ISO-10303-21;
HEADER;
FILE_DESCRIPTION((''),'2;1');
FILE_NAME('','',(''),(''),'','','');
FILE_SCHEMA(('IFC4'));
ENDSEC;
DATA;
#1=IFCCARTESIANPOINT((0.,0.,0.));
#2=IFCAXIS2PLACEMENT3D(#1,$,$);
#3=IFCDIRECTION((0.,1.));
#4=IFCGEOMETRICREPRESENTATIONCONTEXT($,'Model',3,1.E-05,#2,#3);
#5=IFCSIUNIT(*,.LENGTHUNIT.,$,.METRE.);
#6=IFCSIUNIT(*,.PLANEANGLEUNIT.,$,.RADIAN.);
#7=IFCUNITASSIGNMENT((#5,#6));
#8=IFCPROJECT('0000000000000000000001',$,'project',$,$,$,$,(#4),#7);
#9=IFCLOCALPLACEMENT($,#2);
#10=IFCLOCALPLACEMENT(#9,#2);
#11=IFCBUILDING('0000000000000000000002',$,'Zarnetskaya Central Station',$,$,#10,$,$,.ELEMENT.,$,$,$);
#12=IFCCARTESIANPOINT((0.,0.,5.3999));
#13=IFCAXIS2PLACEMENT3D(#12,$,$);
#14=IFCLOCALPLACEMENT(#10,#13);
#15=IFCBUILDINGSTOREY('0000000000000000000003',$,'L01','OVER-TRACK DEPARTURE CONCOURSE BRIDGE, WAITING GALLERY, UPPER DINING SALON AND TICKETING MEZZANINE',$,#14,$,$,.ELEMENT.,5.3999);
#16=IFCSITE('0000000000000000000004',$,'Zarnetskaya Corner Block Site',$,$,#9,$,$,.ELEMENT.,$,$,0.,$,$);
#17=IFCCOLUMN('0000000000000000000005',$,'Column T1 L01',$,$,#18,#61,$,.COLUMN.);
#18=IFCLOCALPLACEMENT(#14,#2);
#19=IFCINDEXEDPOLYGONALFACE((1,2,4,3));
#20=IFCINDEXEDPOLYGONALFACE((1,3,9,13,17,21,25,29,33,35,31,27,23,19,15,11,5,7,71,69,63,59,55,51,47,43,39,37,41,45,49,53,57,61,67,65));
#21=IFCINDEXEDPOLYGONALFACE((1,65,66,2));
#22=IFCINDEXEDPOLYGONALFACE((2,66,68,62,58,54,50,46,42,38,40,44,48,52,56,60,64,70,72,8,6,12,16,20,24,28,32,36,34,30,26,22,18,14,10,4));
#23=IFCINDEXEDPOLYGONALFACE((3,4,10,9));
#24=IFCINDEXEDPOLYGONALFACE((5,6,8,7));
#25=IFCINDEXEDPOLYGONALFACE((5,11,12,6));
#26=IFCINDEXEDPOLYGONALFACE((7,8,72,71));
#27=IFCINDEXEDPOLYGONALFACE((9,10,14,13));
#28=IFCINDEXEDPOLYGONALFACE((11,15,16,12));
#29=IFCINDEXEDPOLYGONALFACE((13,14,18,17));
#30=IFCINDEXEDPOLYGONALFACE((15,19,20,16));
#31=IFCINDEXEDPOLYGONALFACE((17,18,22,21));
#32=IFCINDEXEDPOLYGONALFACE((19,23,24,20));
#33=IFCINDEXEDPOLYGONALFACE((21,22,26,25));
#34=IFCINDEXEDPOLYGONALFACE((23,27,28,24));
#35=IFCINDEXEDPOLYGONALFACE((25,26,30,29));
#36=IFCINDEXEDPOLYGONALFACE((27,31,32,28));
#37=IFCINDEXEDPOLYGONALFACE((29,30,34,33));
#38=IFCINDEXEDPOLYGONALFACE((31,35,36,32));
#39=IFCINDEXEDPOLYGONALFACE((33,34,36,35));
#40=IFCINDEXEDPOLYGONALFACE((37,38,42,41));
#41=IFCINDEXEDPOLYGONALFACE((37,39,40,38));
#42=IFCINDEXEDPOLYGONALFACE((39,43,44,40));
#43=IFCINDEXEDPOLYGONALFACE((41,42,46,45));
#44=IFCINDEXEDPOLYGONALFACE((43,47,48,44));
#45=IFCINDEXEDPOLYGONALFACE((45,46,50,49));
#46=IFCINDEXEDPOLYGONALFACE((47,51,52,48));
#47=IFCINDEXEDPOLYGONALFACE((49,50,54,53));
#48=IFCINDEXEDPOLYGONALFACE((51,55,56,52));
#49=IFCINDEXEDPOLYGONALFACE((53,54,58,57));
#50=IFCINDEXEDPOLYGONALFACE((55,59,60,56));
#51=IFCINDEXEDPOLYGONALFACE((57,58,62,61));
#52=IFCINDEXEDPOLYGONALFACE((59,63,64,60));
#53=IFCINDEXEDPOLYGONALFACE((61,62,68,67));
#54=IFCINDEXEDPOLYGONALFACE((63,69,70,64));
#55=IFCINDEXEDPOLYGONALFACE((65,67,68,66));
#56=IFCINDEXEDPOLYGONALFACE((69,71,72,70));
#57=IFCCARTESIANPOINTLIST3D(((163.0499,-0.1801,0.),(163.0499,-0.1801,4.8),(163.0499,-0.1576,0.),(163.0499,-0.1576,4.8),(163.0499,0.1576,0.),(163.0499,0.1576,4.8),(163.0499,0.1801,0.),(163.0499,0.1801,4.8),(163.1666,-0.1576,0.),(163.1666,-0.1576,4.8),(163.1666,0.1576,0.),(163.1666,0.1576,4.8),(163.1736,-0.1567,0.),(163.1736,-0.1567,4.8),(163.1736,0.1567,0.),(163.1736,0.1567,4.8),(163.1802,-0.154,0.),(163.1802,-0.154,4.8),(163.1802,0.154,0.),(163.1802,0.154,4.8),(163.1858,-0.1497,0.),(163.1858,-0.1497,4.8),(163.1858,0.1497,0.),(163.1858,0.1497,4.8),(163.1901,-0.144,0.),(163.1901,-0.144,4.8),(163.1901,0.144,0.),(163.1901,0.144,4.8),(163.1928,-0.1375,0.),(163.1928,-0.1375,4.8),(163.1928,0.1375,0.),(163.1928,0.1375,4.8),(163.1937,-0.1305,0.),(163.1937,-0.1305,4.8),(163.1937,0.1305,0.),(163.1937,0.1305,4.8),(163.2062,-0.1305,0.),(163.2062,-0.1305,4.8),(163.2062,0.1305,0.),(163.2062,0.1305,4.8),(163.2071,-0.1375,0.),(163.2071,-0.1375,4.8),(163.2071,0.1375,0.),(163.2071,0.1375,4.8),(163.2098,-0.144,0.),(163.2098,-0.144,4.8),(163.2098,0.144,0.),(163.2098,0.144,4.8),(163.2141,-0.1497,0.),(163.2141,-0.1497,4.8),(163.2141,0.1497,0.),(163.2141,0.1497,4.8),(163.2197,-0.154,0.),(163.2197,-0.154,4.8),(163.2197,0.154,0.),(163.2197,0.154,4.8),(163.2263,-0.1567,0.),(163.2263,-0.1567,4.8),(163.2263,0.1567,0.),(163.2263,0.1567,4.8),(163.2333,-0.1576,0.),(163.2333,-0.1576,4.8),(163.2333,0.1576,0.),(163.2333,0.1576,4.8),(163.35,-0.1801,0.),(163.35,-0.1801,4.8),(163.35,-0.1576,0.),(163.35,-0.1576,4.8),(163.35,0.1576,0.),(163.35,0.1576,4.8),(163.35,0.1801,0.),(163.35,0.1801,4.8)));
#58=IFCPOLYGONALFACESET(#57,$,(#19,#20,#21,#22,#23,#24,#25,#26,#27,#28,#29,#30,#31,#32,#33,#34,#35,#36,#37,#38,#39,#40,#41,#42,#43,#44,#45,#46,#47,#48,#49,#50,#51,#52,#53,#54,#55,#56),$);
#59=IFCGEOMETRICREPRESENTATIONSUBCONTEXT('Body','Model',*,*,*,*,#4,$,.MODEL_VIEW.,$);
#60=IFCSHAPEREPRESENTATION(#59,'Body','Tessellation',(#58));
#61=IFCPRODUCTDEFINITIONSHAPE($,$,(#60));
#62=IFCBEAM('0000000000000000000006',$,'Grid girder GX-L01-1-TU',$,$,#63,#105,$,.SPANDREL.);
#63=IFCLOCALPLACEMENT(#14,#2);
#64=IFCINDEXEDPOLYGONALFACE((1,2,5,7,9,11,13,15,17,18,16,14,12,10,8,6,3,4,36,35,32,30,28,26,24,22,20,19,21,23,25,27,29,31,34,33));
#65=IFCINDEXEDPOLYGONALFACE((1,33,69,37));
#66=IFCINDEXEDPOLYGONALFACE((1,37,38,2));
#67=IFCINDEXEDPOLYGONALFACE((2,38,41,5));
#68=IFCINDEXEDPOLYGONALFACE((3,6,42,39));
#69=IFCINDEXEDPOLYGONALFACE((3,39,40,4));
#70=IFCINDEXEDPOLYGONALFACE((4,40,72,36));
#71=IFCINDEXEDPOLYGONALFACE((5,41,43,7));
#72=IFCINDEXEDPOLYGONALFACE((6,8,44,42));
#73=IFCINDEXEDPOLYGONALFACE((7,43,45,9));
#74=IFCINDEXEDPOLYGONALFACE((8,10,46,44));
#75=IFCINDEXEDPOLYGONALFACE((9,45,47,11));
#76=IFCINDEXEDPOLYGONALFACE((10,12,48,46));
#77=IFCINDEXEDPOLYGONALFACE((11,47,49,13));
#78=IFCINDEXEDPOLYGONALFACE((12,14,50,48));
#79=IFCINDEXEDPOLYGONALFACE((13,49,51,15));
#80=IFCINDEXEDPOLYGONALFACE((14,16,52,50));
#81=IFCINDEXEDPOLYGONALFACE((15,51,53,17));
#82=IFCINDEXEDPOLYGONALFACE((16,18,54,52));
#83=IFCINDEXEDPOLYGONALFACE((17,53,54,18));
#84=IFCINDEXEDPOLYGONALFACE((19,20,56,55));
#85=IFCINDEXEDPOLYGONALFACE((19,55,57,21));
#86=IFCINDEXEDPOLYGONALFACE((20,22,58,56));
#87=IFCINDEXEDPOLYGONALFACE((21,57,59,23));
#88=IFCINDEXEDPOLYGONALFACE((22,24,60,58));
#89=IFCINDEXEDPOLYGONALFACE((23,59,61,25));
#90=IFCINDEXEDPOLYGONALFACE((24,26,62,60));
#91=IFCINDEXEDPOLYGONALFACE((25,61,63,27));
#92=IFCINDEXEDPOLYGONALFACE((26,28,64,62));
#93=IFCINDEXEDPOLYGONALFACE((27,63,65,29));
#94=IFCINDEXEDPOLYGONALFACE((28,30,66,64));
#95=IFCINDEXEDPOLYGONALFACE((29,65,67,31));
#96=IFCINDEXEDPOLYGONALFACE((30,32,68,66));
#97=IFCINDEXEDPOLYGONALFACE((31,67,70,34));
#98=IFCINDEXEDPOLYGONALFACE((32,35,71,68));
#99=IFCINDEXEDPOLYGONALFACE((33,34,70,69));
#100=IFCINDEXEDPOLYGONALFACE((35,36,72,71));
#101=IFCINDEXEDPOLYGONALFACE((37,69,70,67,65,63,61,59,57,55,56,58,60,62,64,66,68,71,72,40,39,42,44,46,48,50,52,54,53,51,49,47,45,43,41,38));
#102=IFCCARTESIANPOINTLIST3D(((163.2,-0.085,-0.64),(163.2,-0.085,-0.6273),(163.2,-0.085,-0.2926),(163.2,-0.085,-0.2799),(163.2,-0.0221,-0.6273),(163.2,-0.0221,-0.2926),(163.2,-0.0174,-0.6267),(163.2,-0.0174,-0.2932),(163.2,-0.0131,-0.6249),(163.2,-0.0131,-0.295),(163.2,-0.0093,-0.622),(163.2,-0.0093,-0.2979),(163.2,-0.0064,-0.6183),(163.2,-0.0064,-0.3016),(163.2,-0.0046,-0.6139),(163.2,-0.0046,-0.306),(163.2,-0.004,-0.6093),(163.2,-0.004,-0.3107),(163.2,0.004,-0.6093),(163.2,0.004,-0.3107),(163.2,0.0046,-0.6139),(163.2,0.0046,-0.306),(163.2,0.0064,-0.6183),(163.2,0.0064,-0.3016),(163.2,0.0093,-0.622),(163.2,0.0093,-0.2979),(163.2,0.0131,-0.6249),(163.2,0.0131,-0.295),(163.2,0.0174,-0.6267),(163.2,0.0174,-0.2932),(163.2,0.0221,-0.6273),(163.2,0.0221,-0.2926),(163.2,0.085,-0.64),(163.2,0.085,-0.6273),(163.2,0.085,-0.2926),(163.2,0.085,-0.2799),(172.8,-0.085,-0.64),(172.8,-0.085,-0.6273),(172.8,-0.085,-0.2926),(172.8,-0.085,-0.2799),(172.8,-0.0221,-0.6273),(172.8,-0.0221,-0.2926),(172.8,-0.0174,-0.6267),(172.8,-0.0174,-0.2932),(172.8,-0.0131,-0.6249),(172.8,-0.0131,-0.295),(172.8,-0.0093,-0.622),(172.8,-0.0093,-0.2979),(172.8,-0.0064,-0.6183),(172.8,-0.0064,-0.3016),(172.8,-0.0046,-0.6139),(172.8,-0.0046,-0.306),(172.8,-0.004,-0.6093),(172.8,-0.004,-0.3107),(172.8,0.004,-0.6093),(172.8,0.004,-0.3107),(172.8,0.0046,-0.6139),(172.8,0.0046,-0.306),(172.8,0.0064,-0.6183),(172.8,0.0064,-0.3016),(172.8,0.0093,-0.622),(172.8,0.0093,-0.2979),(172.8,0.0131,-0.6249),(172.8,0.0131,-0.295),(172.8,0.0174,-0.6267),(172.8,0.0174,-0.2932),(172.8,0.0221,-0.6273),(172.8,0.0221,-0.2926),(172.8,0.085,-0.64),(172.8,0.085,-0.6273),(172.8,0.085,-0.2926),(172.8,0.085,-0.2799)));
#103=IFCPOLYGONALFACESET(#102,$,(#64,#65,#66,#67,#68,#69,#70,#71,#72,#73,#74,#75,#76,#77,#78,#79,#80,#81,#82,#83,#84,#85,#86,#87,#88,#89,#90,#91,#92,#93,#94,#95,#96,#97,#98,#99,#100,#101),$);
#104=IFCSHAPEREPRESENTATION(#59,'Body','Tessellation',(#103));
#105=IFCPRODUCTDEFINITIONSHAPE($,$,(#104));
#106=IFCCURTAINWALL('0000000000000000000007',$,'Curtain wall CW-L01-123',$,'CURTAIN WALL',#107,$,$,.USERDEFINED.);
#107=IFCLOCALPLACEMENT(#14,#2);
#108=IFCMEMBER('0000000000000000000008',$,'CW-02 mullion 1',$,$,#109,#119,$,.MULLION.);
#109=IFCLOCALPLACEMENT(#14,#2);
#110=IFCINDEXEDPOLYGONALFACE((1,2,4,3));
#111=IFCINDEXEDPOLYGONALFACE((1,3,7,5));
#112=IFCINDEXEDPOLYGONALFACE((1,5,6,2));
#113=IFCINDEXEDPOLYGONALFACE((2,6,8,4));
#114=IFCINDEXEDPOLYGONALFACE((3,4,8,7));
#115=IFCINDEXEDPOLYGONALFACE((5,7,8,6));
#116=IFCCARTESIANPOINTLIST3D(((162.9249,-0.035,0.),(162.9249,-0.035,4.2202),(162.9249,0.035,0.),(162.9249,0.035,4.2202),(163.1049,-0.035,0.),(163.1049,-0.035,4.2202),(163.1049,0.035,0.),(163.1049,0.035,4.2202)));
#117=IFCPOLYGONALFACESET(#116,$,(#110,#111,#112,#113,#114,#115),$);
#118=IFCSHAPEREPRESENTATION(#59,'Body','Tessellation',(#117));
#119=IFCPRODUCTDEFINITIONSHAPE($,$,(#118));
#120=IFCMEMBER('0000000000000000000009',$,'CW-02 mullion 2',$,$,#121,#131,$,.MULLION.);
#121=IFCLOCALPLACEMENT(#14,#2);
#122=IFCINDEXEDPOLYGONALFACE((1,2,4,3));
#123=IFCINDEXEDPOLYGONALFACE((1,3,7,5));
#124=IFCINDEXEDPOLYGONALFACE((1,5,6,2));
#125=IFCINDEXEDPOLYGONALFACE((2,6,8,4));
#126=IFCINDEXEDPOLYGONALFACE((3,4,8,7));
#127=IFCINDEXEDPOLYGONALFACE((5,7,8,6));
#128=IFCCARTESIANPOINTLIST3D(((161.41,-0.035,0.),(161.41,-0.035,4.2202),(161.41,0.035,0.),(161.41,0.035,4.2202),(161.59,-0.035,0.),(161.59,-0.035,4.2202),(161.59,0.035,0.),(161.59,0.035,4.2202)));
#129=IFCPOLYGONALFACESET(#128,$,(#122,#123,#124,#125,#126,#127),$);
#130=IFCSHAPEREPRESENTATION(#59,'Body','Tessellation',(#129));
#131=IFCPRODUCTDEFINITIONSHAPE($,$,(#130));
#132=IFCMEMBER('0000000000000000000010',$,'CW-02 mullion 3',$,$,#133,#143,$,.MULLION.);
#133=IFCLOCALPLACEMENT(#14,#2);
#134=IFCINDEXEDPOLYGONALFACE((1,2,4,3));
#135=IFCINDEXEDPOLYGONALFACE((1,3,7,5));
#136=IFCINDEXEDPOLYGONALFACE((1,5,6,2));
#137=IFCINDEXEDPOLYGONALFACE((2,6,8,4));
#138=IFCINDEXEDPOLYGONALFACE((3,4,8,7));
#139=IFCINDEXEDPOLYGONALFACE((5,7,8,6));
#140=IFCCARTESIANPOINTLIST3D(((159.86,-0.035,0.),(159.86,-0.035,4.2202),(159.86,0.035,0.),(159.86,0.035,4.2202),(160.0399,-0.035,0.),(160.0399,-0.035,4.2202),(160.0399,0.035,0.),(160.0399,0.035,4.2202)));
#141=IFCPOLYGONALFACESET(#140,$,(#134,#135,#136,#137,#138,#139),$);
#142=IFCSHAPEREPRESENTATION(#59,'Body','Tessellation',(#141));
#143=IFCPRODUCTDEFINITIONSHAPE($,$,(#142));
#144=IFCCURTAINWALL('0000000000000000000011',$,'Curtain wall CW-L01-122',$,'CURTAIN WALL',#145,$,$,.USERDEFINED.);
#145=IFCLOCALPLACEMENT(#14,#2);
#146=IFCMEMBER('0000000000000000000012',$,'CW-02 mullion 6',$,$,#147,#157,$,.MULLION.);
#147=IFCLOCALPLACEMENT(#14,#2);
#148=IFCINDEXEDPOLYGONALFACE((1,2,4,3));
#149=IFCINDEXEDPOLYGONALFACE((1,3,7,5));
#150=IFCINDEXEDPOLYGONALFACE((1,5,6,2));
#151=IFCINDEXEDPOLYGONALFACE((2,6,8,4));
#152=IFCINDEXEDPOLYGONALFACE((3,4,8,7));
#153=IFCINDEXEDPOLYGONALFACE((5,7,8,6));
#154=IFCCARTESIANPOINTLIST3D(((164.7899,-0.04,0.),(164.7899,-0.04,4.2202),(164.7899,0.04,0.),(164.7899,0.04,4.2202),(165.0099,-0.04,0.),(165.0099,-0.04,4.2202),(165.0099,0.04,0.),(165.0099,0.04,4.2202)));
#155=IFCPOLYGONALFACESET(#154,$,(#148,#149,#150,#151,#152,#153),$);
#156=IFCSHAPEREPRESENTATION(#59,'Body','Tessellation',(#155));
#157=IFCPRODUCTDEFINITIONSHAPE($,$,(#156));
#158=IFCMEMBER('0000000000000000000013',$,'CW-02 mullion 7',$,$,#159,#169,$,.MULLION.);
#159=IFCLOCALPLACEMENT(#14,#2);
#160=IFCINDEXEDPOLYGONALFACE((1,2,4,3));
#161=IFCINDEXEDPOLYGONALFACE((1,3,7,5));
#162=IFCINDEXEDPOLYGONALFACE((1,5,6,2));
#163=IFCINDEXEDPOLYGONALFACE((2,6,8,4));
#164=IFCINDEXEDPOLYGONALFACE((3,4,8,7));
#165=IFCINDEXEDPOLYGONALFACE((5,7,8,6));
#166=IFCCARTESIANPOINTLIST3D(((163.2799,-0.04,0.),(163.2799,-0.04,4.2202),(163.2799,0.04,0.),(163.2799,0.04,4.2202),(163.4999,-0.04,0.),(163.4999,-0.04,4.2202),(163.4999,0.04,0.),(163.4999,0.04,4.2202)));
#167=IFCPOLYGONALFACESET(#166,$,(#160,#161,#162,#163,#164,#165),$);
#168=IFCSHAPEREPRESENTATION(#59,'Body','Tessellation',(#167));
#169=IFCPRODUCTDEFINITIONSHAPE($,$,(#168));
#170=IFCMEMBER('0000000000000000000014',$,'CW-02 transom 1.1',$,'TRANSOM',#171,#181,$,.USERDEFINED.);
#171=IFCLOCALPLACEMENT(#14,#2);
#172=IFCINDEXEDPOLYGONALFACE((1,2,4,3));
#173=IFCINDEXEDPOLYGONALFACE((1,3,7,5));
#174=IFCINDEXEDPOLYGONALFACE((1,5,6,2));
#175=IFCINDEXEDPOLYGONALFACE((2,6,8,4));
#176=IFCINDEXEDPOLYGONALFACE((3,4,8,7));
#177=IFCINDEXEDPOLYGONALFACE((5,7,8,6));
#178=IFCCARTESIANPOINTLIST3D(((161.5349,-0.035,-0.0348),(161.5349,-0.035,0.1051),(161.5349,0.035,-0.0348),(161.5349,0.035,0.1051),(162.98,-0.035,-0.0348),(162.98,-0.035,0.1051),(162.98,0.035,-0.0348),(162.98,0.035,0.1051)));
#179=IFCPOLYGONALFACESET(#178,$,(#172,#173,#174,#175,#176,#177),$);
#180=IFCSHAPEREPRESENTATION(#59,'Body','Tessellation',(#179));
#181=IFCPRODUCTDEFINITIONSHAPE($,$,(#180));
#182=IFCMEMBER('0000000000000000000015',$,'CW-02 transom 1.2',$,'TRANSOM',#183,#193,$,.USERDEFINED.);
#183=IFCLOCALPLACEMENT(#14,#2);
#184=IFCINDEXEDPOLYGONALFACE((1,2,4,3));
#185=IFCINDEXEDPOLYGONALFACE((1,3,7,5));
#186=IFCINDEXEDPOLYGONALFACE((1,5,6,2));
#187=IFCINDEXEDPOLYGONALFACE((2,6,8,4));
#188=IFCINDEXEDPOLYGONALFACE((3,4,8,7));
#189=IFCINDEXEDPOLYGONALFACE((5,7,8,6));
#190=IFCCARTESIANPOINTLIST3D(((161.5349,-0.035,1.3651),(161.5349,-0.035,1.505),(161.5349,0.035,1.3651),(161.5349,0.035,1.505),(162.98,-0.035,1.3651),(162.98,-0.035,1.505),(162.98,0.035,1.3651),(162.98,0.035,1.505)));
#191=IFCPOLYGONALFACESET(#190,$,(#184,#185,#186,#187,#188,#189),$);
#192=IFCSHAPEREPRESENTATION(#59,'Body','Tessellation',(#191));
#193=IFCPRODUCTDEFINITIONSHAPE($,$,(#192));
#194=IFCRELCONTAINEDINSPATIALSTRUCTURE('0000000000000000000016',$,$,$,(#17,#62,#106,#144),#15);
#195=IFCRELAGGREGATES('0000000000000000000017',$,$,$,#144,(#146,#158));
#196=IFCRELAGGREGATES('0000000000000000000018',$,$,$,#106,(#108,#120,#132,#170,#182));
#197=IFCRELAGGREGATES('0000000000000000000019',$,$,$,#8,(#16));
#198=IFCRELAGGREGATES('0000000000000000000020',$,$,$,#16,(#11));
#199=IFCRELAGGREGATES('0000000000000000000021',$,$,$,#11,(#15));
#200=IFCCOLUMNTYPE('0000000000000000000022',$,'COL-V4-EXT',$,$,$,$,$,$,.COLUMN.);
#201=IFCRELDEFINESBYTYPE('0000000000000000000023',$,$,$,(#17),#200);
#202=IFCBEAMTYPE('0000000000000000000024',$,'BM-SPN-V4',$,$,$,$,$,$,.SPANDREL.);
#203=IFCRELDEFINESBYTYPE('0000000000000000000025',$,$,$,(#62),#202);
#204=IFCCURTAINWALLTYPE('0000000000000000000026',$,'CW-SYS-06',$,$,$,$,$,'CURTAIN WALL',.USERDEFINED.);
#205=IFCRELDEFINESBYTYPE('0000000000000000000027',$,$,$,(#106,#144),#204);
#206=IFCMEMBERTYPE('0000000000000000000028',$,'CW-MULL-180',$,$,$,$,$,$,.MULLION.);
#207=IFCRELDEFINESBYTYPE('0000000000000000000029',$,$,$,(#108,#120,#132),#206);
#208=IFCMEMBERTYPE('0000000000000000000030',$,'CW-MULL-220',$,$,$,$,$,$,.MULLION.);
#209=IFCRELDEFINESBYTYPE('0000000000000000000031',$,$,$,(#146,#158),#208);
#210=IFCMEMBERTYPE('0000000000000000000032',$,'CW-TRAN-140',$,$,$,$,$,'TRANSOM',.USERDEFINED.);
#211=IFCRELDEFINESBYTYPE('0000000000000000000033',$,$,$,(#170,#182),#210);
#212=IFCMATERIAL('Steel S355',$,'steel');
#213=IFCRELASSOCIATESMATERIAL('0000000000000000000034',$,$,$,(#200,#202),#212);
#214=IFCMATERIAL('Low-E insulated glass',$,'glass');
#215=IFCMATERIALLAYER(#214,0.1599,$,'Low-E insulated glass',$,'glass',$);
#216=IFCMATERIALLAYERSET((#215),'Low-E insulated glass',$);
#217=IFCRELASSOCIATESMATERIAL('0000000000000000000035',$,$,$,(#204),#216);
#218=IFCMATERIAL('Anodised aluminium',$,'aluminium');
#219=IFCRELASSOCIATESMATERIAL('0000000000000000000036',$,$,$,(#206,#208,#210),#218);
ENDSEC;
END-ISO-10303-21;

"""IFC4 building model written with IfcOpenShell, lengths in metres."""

from ifc_helpers import new_model, si_unit, direction, frame, origin, origin_2d, place, context, subcontext, project, spatial, rectangle, i_section, extrude, material, layer, layer_set, material_profile, profile_set, type_object, element, aggregate, save


model = new_model("IFC4")

# Units and contexts
model_context = context("Model", 3, precision=1e-05, world=origin(), true_north=direction((0.0, 1.0)))
body_context = subcontext(model_context, "Body", "Model", "MODEL_VIEW")
ifc_project = project(units=[si_unit("LENGTHUNIT", "METRE"), si_unit("PLANEANGLEUNIT", "RADIAN")], contexts=[model_context])

# Site, building, storey
site_placement = place(None, origin())
site = spatial("IfcSite", under=ifc_project, at=site_placement, Name="Zarnetskaya Corner Block Site", CompositionType="ELEMENT", RefElevation=0.0)
building_placement = place(site_placement, origin())
building = spatial("IfcBuilding", under=site, at=building_placement, Name="Zarnetskaya Central Station", CompositionType="ELEMENT")
storey_placement = place(building_placement, frame((0.0, 0.0, 5.3999)))
storey = spatial("IfcBuildingStorey", under=building, at=storey_placement, Name="L01", Description="OVER-TRACK DEPARTURE CONCOURSE BRIDGE, WAITING GALLERY, UPPER DINING SALON AND TICKETING MEZZANINE", CompositionType="ELEMENT", Elevation=5.3999)

# Column
ifc_material_1 = material(Name="Steel S355", Category="steel")
ifc_material_profile_1 = material_profile(ifc_material_1, i_section(OverallWidth=0.3, OverallDepth=0.3601, WebThickness=0.0125, FlangeThickness=0.0225, FilletRadius=0.0271, at=origin_2d()), Name="HEB 360")
ifc_profile_set_1 = profile_set([ifc_material_profile_1], Name="Steel S355")
column_type = type_object("IfcColumnType", Name="COL-V4-EXT", PredefinedType="COLUMN", material=ifc_profile_set_1)
column_placement = place(storey_placement, frame((163.2, 0.0, 0.0), z_axis=(0.0, 0.0, 1.0), x_axis=(1.0, 0.0, 0.0)))
element("IfcColumn", 1, at=column_placement, inside=storey, type_object=column_type, Name="Column T1 L01", PredefinedType="COLUMN", context=body_context, shape_type="SweptSolid", body=[
    extrude(i_section(OverallWidth=0.3, OverallDepth=0.3601, WebThickness=0.0125, FlangeThickness=0.0225, FilletRadius=0.0271, at=origin_2d()), origin(), (0.0, 0.0, 1.0), 4.8),
])

# Beam
ifc_material_profile_2 = material_profile(ifc_material_1, i_section(OverallWidth=0.1699, OverallDepth=0.3601, WebThickness=0.0081, FlangeThickness=0.0127, FilletRadius=0.0181, at=origin_2d()), Name="IPE 360")
ifc_profile_set_2 = profile_set([ifc_material_profile_2], Name="Steel S355")
beam_type_1 = type_object("IfcBeamType", Name="BM-SPN-V4", PredefinedType="SPANDREL", material=ifc_profile_set_2)
beam_1_placement = place(storey_placement, frame((163.2, 0.0, -0.46), z_axis=(1.0, 0.0, 0.0), x_axis=(0.0, 1.0, 0.0)))
element("IfcBeam", 2, at=beam_1_placement, inside=storey, type_object=beam_type_1, Name="Grid girder GX-L01-1-TU", PredefinedType="SPANDREL", context=body_context, shape_type="SweptSolid", body=[
    extrude(i_section(OverallWidth=0.1699, OverallDepth=0.3601, WebThickness=0.0081, FlangeThickness=0.0127, FilletRadius=0.0181, at=origin_2d()), origin(), (0.0, 0.0, 1.0), 9.6001),
])

# Curtain walls, members
ifc_material_2 = material(Name="Low-E insulated glass", Category="glass")
ifc_layer_1 = layer(ifc_material_2, 0.1599, Name="Low-E insulated glass", Category="glass")
ifc_layer_set_1 = layer_set([ifc_layer_1], Name="Low-E insulated glass")
curtain_wall_type = type_object("IfcCurtainWallType", Name="CW-SYS-06", ElementType="CURTAIN WALL", PredefinedType="USERDEFINED", material=ifc_layer_set_1)
curtain_wall_1_placement = place(storey_placement, origin())
curtain_wall_1 = element("IfcCurtainWall", 3, at=curtain_wall_1_placement, inside=storey, type_object=curtain_wall_type, Name="Curtain wall CW-L01-123", ObjectType="CURTAIN WALL", PredefinedType="USERDEFINED")
ifc_material_3 = material(Name="Anodised aluminium", Category="aluminium")
ifc_material_profile_3 = material_profile(ifc_material_3, rectangle(XDim=0.0701, YDim=0.1799, at=origin_2d()), Name="ALU MULL 70x180")
ifc_profile_set_3 = profile_set([ifc_material_profile_3], Name="Anodised aluminium")
member_type_1 = type_object("IfcMemberType", Name="CW-MULL-180", PredefinedType="MULLION", material=ifc_profile_set_3)
member_1_placement = place(storey_placement, frame((163.0149, 0.0, 0.0), z_axis=(0.0, 0.0, 1.0), x_axis=(0.0, -1.0, 0.0)))
member_1 = element("IfcMember", 4, at=member_1_placement, type_object=member_type_1, Name="CW-02 mullion 1", PredefinedType="MULLION", context=body_context, shape_type="SweptSolid", body=[
    extrude(rectangle(XDim=0.0701, YDim=0.1799, at=origin_2d()), origin(), (0.0, 0.0, 1.0), 4.2202),
])
member_2_placement = place(storey_placement, frame((161.5, 0.0, 0.0), z_axis=(0.0, 0.0, 1.0), x_axis=(0.0, -1.0, 0.0)))
member_2 = element("IfcMember", 5, at=member_2_placement, type_object=member_type_1, Name="CW-02 mullion 2", PredefinedType="MULLION", context=body_context, shape_type="SweptSolid", body=[
    extrude(rectangle(XDim=0.0701, YDim=0.1799, at=origin_2d()), origin(), (0.0, 0.0, 1.0), 4.2202),
])
member_3_placement = place(storey_placement, frame((159.95, 0.0, 0.0), z_axis=(0.0, 0.0, 1.0), x_axis=(0.0, -1.0, 0.0)))
member_3 = element("IfcMember", 6, at=member_3_placement, type_object=member_type_1, Name="CW-02 mullion 3", PredefinedType="MULLION", context=body_context, shape_type="SweptSolid", body=[
    extrude(rectangle(XDim=0.0701, YDim=0.1799, at=origin_2d()), origin(), (0.0, 0.0, 1.0), 4.2202),
])
curtain_wall_2_placement = place(storey_placement, origin())
curtain_wall_2 = element("IfcCurtainWall", 7, at=curtain_wall_2_placement, inside=storey, type_object=curtain_wall_type, Name="Curtain wall CW-L01-122", ObjectType="CURTAIN WALL", PredefinedType="USERDEFINED")
ifc_material_profile_4 = material_profile(ifc_material_3, rectangle(XDim=0.0801, YDim=0.22, at=origin_2d()), Name="ALU MULL 80x220")
ifc_profile_set_4 = profile_set([ifc_material_profile_4], Name="Anodised aluminium")
member_type_2 = type_object("IfcMemberType", Name="CW-MULL-220", PredefinedType="MULLION", material=ifc_profile_set_4)
member_4_placement = place(storey_placement, frame((164.8999, 0.0, 0.0), z_axis=(0.0, 0.0, 1.0), x_axis=(0.0, -1.0, 0.0)))
member_4 = element("IfcMember", 8, at=member_4_placement, type_object=member_type_2, Name="CW-02 mullion 6", PredefinedType="MULLION", context=body_context, shape_type="SweptSolid", body=[
    extrude(rectangle(XDim=0.0801, YDim=0.22, at=origin_2d()), origin(), (0.0, 0.0, 1.0), 4.2202),
])
member_5_placement = place(storey_placement, frame((163.3899, 0.0, 0.0), z_axis=(0.0, 0.0, 1.0), x_axis=(0.0, -1.0, 0.0)))
member_5 = element("IfcMember", 9, at=member_5_placement, type_object=member_type_2, Name="CW-02 mullion 7", PredefinedType="MULLION", context=body_context, shape_type="SweptSolid", body=[
    extrude(rectangle(XDim=0.0801, YDim=0.22, at=origin_2d()), origin(), (0.0, 0.0, 1.0), 4.2202),
])

# Members
ifc_material_profile_5 = material_profile(ifc_material_3, rectangle(XDim=0.0701, YDim=0.1399, at=origin_2d()), Name="ALU TRAN 70x140")
ifc_profile_set_5 = profile_set([ifc_material_profile_5], Name="Anodised aluminium")
member_type_3 = type_object("IfcMemberType", Name="CW-TRAN-140", ElementType="TRANSOM", PredefinedType="USERDEFINED", material=ifc_profile_set_5)
member_6_placement = place(storey_placement, frame((162.98, 0.0, 0.0352), z_axis=(-1.0, 0.0, 0.0), x_axis=(0.0, -1.0, 0.0)))
member_6 = element("IfcMember", 10, at=member_6_placement, type_object=member_type_3, Name="CW-02 transom 1.1", ObjectType="TRANSOM", PredefinedType="USERDEFINED", context=body_context, shape_type="SweptSolid", body=[
    extrude(rectangle(XDim=0.0701, YDim=0.1399, at=origin_2d()), origin(), (0.0, 0.0, 1.0), 1.4451),
])
member_7_placement = place(storey_placement, frame((162.98, 0.0, 1.4351), z_axis=(-1.0, 0.0, 0.0), x_axis=(0.0, -1.0, 0.0)))
member_7 = element("IfcMember", 11, at=member_7_placement, type_object=member_type_3, Name="CW-02 transom 1.2", ObjectType="TRANSOM", PredefinedType="USERDEFINED", context=body_context, shape_type="SweptSolid", body=[
    extrude(rectangle(XDim=0.0701, YDim=0.1399, at=origin_2d()), origin(), (0.0, 0.0, 1.0), 1.4451),
])

aggregate(curtain_wall_2, [member_4, member_5])
aggregate(curtain_wall_1, [member_1, member_2, member_3, member_6, member_7])

save(model, "model.ifc")
